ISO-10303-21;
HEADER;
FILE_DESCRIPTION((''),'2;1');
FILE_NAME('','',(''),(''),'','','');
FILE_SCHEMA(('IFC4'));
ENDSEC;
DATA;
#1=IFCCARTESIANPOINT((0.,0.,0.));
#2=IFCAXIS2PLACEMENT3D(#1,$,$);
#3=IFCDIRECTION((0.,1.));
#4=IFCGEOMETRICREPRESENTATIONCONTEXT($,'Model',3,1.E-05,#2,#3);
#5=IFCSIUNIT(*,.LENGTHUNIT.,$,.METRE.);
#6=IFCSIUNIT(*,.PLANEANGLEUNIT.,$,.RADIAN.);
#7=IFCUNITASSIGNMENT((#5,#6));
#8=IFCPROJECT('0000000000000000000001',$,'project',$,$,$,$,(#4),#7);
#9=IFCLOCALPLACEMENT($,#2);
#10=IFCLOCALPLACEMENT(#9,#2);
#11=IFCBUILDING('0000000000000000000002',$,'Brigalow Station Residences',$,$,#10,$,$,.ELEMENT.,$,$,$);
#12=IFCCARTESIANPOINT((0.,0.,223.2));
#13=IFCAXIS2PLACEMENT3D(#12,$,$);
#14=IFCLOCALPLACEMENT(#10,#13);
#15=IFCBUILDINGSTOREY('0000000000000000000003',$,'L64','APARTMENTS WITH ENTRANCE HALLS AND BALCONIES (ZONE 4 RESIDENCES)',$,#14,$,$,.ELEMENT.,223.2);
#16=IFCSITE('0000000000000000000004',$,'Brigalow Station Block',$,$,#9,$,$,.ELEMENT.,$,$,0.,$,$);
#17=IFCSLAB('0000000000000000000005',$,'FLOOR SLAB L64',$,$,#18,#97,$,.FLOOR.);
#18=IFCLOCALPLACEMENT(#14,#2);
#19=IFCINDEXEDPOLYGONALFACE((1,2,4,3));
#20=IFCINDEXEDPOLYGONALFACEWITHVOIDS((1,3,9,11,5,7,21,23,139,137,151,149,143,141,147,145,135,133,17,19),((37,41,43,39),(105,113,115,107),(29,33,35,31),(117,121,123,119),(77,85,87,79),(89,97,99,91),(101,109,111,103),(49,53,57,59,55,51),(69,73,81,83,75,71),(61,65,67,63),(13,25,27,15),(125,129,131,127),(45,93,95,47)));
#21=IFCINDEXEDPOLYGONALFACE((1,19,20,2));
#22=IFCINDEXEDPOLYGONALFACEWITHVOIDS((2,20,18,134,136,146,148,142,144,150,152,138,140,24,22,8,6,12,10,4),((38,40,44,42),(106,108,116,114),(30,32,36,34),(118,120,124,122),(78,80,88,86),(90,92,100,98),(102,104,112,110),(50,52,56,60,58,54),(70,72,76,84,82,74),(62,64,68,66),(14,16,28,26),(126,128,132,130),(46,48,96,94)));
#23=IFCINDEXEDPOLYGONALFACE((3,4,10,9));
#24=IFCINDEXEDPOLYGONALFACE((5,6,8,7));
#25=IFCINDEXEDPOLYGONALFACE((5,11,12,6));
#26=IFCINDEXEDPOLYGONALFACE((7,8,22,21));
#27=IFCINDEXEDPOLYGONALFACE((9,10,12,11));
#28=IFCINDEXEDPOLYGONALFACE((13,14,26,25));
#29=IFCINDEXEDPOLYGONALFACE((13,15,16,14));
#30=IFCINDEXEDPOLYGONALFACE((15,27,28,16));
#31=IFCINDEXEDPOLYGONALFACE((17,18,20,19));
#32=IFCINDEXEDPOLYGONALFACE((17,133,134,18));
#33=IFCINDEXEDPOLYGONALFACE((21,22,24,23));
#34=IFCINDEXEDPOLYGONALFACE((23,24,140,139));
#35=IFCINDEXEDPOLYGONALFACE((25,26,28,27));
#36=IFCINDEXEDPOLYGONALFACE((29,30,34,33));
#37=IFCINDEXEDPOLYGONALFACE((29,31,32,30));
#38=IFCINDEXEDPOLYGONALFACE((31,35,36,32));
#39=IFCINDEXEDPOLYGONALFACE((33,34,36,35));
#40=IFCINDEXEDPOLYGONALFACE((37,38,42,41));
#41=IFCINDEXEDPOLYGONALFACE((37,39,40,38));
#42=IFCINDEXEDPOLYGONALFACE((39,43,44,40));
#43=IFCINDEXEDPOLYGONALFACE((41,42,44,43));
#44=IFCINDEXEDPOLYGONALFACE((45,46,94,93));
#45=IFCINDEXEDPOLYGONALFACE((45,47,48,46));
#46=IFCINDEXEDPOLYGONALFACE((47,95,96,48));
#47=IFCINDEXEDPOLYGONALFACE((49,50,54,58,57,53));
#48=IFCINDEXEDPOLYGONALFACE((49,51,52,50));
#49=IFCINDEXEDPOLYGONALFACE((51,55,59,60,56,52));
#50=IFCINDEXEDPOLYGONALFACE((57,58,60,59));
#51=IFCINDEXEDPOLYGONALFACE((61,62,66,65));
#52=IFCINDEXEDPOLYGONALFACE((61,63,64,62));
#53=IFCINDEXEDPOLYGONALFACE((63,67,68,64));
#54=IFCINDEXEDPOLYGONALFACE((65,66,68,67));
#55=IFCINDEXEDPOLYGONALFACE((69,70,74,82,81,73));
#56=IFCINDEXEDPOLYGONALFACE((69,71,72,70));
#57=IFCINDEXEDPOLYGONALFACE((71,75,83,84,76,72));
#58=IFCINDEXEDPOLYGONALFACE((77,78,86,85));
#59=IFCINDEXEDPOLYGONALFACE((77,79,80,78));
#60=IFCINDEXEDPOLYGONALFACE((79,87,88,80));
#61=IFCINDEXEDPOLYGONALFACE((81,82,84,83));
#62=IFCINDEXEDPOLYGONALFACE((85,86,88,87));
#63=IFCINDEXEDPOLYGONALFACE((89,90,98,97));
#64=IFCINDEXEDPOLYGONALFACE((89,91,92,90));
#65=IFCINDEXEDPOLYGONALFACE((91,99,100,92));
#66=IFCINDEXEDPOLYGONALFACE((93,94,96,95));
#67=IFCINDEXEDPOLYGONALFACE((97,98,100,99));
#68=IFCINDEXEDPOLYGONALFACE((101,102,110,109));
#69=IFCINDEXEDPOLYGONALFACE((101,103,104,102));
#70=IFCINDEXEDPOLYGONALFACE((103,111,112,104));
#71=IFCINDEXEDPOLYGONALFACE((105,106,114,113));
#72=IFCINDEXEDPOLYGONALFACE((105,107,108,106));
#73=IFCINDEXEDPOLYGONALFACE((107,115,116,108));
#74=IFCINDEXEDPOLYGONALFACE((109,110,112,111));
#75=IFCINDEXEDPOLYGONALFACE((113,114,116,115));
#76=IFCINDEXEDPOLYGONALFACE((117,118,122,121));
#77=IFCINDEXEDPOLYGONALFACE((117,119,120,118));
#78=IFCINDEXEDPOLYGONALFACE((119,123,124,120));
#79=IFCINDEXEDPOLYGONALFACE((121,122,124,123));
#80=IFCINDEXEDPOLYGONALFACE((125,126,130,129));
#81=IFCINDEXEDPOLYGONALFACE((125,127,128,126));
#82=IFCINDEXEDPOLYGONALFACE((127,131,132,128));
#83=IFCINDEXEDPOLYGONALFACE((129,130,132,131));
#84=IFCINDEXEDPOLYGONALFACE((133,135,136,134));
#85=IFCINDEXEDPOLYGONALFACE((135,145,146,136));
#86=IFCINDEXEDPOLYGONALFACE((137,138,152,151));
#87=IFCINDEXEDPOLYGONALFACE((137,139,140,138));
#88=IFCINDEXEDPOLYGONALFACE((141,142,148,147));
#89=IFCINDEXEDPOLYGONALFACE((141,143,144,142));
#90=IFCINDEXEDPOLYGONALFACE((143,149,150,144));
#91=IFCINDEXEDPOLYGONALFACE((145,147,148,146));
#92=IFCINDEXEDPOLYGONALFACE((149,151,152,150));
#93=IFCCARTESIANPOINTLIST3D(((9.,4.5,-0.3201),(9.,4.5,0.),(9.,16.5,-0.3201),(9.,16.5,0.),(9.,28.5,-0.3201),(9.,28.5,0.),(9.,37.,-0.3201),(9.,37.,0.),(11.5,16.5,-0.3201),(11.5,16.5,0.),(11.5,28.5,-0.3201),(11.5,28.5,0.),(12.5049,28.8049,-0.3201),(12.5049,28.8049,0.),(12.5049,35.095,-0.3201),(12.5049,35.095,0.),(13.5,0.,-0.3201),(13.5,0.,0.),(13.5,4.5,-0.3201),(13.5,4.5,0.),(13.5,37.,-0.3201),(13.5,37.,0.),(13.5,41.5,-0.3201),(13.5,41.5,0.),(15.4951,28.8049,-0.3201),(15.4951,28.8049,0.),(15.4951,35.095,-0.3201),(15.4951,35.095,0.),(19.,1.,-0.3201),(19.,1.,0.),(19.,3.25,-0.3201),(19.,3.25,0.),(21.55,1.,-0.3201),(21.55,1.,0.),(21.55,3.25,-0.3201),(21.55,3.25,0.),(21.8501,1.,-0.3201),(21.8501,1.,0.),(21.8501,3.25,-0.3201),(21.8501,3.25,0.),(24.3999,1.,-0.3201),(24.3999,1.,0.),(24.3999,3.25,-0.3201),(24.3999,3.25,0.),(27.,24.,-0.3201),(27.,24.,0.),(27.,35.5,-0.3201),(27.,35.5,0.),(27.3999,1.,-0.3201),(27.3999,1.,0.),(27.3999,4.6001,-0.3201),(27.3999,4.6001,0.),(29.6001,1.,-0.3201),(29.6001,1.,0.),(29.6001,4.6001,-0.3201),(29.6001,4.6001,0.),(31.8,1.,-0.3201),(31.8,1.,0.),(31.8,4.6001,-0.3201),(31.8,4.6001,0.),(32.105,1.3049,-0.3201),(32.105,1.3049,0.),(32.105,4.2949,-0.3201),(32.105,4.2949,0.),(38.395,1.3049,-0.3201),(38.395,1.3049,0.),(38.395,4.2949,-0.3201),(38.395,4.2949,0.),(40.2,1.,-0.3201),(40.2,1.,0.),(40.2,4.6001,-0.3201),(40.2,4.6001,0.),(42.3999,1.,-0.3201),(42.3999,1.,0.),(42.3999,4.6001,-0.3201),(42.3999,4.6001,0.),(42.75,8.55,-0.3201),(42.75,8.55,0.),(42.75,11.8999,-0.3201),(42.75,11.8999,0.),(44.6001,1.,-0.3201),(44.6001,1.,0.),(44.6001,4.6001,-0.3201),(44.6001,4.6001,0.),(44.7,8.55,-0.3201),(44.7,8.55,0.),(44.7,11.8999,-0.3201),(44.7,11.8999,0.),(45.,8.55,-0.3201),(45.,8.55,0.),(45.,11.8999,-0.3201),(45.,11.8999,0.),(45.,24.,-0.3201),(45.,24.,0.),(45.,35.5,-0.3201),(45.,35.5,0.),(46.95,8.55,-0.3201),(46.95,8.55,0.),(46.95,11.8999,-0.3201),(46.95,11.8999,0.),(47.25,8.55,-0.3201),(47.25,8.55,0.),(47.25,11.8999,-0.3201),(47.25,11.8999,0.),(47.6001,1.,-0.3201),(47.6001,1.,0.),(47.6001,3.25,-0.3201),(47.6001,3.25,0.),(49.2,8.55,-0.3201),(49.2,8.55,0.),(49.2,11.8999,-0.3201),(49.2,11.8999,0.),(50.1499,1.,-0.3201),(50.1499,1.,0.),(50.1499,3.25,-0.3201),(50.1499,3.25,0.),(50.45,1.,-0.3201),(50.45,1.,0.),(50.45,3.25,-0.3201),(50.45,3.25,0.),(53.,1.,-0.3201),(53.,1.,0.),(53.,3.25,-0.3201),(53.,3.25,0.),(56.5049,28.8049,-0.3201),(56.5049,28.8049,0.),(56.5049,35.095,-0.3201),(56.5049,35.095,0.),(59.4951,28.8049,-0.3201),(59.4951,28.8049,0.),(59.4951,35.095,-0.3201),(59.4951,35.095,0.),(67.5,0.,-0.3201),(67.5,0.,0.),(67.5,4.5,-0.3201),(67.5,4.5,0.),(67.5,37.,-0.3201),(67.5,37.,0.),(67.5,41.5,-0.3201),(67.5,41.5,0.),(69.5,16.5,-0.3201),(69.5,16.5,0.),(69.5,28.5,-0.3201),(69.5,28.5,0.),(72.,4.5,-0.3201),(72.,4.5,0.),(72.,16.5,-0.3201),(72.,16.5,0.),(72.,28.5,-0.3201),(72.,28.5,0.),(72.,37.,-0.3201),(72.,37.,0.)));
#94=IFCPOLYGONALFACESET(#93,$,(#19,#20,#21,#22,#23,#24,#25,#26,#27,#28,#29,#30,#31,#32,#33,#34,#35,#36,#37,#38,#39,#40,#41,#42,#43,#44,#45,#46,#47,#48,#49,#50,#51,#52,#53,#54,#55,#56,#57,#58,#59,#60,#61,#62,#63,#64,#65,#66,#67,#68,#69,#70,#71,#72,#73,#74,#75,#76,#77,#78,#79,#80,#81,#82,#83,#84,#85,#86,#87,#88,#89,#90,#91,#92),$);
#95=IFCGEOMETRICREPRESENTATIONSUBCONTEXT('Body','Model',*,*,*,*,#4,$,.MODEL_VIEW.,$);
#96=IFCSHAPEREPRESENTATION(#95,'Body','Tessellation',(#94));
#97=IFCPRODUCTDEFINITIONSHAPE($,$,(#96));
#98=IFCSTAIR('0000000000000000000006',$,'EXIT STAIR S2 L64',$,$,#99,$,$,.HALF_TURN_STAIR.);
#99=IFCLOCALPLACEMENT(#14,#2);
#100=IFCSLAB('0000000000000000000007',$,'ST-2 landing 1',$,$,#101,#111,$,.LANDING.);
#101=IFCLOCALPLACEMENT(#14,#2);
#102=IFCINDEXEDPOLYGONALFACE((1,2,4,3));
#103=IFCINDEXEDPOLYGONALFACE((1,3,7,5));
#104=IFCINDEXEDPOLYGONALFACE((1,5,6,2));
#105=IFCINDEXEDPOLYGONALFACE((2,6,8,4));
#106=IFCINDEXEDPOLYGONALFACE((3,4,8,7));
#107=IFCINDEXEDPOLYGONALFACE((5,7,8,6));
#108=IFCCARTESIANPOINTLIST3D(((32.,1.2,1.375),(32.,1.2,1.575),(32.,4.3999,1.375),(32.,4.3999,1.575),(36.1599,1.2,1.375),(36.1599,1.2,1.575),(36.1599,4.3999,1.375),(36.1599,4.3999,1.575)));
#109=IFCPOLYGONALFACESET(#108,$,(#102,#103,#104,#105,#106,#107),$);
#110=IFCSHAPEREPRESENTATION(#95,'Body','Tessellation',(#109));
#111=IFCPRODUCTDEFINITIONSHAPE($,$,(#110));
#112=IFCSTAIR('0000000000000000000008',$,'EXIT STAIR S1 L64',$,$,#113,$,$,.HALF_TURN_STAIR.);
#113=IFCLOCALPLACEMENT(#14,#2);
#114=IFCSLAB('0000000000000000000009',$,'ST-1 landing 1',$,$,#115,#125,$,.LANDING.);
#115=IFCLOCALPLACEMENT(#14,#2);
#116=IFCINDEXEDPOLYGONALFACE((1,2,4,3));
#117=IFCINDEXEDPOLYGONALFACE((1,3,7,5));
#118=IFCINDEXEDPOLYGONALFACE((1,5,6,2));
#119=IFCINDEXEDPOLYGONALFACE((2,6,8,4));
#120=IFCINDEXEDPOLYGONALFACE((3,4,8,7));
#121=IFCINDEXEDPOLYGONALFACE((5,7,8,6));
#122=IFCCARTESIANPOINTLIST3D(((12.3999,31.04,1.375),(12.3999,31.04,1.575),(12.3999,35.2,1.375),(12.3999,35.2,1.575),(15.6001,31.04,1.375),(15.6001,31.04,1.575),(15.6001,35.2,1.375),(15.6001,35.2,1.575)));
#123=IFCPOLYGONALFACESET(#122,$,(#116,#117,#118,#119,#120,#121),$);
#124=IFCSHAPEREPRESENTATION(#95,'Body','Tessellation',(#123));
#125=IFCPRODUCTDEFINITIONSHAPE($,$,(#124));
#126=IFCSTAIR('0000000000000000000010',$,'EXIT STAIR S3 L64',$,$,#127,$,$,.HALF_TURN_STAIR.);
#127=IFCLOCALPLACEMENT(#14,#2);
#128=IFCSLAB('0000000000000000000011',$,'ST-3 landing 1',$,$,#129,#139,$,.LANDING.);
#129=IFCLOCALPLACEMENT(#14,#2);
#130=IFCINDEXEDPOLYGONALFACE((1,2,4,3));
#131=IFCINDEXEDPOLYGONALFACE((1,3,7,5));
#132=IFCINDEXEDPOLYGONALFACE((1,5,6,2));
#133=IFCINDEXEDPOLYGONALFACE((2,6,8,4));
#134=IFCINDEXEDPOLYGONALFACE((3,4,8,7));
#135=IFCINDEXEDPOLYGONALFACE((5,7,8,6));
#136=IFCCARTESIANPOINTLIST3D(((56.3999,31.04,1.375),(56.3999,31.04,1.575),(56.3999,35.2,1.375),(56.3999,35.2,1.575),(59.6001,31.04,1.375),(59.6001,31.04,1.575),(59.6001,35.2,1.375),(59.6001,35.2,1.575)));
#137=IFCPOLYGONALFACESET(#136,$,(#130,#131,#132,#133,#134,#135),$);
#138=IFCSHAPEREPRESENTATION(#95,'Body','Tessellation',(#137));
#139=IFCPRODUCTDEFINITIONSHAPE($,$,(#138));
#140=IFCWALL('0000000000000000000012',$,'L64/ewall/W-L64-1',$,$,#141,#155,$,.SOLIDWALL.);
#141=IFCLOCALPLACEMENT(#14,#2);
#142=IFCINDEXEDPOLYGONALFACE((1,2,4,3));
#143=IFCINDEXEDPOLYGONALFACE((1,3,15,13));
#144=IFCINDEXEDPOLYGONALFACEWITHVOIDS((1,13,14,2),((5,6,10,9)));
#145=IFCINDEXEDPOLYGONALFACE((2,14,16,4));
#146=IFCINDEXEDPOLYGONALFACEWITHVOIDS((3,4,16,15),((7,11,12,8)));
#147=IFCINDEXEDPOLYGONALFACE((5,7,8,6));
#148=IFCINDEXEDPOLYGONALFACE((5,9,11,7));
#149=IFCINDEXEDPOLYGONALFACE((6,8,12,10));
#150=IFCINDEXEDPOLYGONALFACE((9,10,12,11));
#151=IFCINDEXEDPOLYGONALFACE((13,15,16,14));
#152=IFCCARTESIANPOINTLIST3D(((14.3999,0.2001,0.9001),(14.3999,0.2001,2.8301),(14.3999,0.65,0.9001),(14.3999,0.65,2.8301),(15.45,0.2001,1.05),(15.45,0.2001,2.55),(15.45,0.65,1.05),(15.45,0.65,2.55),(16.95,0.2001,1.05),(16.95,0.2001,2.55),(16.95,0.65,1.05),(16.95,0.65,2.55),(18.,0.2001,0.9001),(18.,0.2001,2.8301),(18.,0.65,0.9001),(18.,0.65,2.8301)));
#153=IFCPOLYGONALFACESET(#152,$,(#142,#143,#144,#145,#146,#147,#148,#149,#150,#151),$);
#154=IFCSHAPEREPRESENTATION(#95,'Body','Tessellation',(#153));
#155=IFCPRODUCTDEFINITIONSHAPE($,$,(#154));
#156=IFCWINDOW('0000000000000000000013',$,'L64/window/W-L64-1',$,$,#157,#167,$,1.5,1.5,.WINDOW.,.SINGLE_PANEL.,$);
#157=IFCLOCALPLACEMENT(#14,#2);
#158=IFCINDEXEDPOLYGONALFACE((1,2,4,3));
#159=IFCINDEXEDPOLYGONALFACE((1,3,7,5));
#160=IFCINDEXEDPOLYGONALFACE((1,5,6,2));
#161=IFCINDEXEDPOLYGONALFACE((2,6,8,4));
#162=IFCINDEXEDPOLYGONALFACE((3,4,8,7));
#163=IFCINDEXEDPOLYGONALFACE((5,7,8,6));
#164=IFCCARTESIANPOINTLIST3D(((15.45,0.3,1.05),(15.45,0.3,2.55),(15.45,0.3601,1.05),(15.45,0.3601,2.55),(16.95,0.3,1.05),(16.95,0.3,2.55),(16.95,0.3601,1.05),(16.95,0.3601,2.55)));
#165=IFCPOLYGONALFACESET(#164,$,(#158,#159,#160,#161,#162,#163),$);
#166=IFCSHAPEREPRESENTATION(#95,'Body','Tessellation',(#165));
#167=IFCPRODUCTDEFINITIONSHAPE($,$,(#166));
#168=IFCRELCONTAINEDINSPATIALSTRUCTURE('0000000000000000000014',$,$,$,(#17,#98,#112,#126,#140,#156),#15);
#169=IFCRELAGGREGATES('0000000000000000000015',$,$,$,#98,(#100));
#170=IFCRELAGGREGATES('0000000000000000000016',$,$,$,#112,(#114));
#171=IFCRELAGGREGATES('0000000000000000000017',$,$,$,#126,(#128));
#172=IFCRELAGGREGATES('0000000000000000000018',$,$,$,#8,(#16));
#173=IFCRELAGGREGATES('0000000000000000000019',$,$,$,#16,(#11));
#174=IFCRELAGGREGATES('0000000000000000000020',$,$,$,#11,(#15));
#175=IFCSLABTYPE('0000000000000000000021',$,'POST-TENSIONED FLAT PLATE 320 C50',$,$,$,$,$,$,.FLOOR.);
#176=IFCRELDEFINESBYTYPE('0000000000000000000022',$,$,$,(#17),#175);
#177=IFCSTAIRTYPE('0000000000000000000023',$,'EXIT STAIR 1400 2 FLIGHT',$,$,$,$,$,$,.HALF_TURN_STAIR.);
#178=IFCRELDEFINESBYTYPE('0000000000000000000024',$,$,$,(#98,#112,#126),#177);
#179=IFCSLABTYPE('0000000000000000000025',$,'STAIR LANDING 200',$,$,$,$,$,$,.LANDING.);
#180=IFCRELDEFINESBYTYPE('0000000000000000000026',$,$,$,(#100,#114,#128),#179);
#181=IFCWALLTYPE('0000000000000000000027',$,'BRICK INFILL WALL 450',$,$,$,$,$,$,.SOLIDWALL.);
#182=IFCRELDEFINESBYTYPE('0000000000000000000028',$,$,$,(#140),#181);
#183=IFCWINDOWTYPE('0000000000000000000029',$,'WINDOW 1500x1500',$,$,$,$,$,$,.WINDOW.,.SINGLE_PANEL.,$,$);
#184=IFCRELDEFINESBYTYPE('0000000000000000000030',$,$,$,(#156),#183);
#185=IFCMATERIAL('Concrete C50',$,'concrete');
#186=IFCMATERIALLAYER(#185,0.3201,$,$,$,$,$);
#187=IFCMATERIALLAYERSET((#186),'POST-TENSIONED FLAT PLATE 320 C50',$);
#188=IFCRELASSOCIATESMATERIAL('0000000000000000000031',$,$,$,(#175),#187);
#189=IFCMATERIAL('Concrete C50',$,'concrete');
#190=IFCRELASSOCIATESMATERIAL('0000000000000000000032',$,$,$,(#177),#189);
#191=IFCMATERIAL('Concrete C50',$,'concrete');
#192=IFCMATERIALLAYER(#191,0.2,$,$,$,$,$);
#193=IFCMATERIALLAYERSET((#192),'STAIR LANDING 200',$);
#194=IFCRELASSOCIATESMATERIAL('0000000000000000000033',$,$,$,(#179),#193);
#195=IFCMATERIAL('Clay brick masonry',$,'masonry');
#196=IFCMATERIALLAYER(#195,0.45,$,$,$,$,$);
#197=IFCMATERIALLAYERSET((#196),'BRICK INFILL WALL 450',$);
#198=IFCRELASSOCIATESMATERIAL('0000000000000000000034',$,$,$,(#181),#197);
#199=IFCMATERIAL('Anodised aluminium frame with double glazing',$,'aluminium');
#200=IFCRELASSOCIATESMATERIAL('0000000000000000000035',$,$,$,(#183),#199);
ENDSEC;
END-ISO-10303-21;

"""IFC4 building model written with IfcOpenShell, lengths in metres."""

from ifc_helpers import new_model, si_unit, direction, frame, frame_2d, origin, place, context, subcontext, project, spatial, polyline, rectangle, outline, extrude, material, layer, layer_set, type_object, element, fill, aggregate, save


model = new_model("IFC4")

# Units and contexts
model_context = context("Model", 3, precision=1e-05, world=origin(), true_north=direction((0.0, 1.0)))
body_context = subcontext(model_context, "Body", "Model", "MODEL_VIEW")
ifc_project = project(units=[si_unit("LENGTHUNIT", "METRE"), si_unit("PLANEANGLEUNIT", "RADIAN")], contexts=[model_context])

# Site, building, storey
site_placement = place(None, origin())
site = spatial("IfcSite", under=ifc_project, at=site_placement, Name="Brigalow Station Block", CompositionType="ELEMENT", RefElevation=0.0)
building_placement = place(site_placement, origin())
building = spatial("IfcBuilding", under=site, at=building_placement, Name="Brigalow Station Residences", CompositionType="ELEMENT")
storey_placement = place(building_placement, frame((0.0, 0.0, 223.2)))
storey = spatial("IfcBuildingStorey", under=building, at=storey_placement, Name="L64", Description="APARTMENTS WITH ENTRANCE HALLS AND BALCONIES (ZONE 4 RESIDENCES)", CompositionType="ELEMENT", Elevation=223.2)

# Slab
ifc_material_1 = material(Name="Concrete C50", Category="concrete")
ifc_layer_1 = layer(ifc_material_1, 0.3201)
ifc_layer_set_1 = layer_set([ifc_layer_1], Name="POST-TENSIONED FLAT PLATE 320 C50")
slab_type_1 = type_object("IfcSlabType", Name="POST-TENSIONED FLAT PLATE 320 C50", PredefinedType="FLOOR", material=ifc_layer_set_1)
slab_1_placement = place(storey_placement, frame((0.0, 0.0, -0.3201)))
element("IfcSlab", 1, at=slab_1_placement, inside=storey, type_object=slab_type_1, Name="FLOOR SLAB L64", PredefinedType="FLOOR", context=body_context, shape_type="SweptSolid", body=[
    extrude(outline(polyline([(13.5, 0.0), (67.5, 0.0), (67.5, 4.5), (72.0, 4.5), (72.0, 16.5), (69.5, 16.5), (69.5, 28.5), (72.0, 28.5), (72.0, 37.0), (67.5, 37.0), (67.5, 41.5), (13.5, 41.5), (13.5, 37.0), (9.0, 37.0), (9.0, 28.5), (11.5, 28.5), (11.5, 16.5), (9.0, 16.5), (9.0, 4.5), (13.5, 4.5), (13.5, 0.0)]), holes=[polyline([(12.5049, 35.095), (15.4951, 35.095), (15.4951, 28.8049), (12.5049, 28.8049), (12.5049, 35.095)]), polyline([(19.0, 1.0), (19.0, 3.25), (21.55, 3.25), (21.55, 1.0), (19.0, 1.0)]), polyline([(21.8501, 3.25), (24.3999, 3.25), (24.3999, 1.0), (21.8501, 1.0), (21.8501, 3.25)]), polyline([(27.0, 35.5), (45.0, 35.5), (45.0, 24.0), (27.0, 24.0), (27.0, 35.5)]), polyline([(29.6001, 4.6001), (31.8, 4.6001), (31.8, 1.0), (29.6001, 1.0), (27.3999, 1.0), (27.3999, 4.6001), (29.6001, 4.6001)]), polyline([(32.105, 4.2949), (38.395, 4.2949), (38.395, 1.3049), (32.105, 1.3049), (32.105, 4.2949)]), polyline([(40.2, 4.6001), (42.3999, 4.6001), (44.6001, 4.6001), (44.6001, 1.0), (42.3999, 1.0), (40.2, 1.0), (40.2, 4.6001)]), polyline([(42.75, 11.8999), (44.7, 11.8999), (44.7, 8.55), (42.75, 8.55), (42.75, 11.8999)]), polyline([(45.0, 11.8999), (46.95, 11.8999), (46.95, 8.55), (45.0, 8.55), (45.0, 11.8999)]), polyline([(47.25, 11.8999), (49.2, 11.8999), (49.2, 8.55), (47.25, 8.55), (47.25, 11.8999)]), polyline([(47.6001, 3.25), (50.1499, 3.25), (50.1499, 1.0), (47.6001, 1.0), (47.6001, 3.25)]), polyline([(50.45, 3.25), (53.0, 3.25), (53.0, 1.0), (50.45, 1.0), (50.45, 3.25)]), polyline([(56.5049, 35.095), (59.4951, 35.095), (59.4951, 28.8049), (56.5049, 28.8049), (56.5049, 35.095)])]), origin(), (0.0, 0.0, 1.0), 0.3201),
])

# Stairs, slabs
ifc_material_2 = material(Name="Concrete C50", Category="concrete")
stair_type = type_object("IfcStairType", Name="EXIT STAIR 1400 2 FLIGHT", PredefinedType="HALF_TURN_STAIR", material=ifc_material_2)
stair_1_placement = place(storey_placement, origin())
stair_1 = element("IfcStair", 2, at=stair_1_placement, inside=storey, type_object=stair_type, Name="EXIT STAIR S2 L64", PredefinedType="HALF_TURN_STAIR")
ifc_material_3 = material(Name="Concrete C50", Category="concrete")
ifc_layer_2 = layer(ifc_material_3, 0.2)
ifc_layer_set_2 = layer_set([ifc_layer_2], Name="STAIR LANDING 200")
slab_type_2 = type_object("IfcSlabType", Name="STAIR LANDING 200", PredefinedType="LANDING", material=ifc_layer_set_2)
slab_2_placement = place(storey_placement, frame((0.0, 0.0, 1.375)))
slab_2 = element("IfcSlab", 3, at=slab_2_placement, type_object=slab_type_2, Name="ST-2 landing 1", PredefinedType="LANDING", context=body_context, shape_type="SweptSolid", body=[
    extrude(outline(polyline([(32.0, 1.2), (36.1599, 1.2), (36.1599, 4.3999), (32.0, 4.3999), (32.0, 1.2)])), origin(), (0.0, 0.0, 1.0), 0.2),
])
aggregate(stair_1, [slab_2])
stair_2_placement = place(storey_placement, origin())
stair_2 = element("IfcStair", 4, at=stair_2_placement, inside=storey, type_object=stair_type, Name="EXIT STAIR S1 L64", PredefinedType="HALF_TURN_STAIR")
slab_3_placement = place(storey_placement, frame((0.0, 0.0, 1.375)))
slab_3 = element("IfcSlab", 5, at=slab_3_placement, type_object=slab_type_2, Name="ST-1 landing 1", PredefinedType="LANDING", context=body_context, shape_type="SweptSolid", body=[
    extrude(outline(polyline([(12.3999, 31.04), (15.6001, 31.04), (15.6001, 35.2), (12.3999, 35.2), (12.3999, 31.04)])), origin(), (0.0, 0.0, 1.0), 0.2),
])
aggregate(stair_2, [slab_3])
stair_3_placement = place(storey_placement, origin())
stair_3 = element("IfcStair", 6, at=stair_3_placement, inside=storey, type_object=stair_type, Name="EXIT STAIR S3 L64", PredefinedType="HALF_TURN_STAIR")
slab_4_placement = place(storey_placement, frame((0.0, 0.0, 1.375)))
slab_4 = element("IfcSlab", 7, at=slab_4_placement, type_object=slab_type_2, Name="ST-3 landing 1", PredefinedType="LANDING", context=body_context, shape_type="SweptSolid", body=[
    extrude(outline(polyline([(56.3999, 31.04), (59.6001, 31.04), (59.6001, 35.2), (56.3999, 35.2), (56.3999, 31.04)])), origin(), (0.0, 0.0, 1.0), 0.2),
])
aggregate(stair_3, [slab_4])

# Wall, opening, window
ifc_material_4 = material(Name="Clay brick masonry", Category="masonry")
ifc_layer_3 = layer(ifc_material_4, 0.45)
ifc_layer_set_3 = layer_set([ifc_layer_3], Name="BRICK INFILL WALL 450")
wall_type = type_object("IfcWallType", Name="BRICK INFILL WALL 450", PredefinedType="SOLIDWALL", material=ifc_layer_set_3)
wall_1_placement = place(storey_placement, frame((14.3999, 0.425, 0.9001), z_axis=(0.0, 0.0, 1.0), x_axis=(1.0, 0.0, 0.0)))
wall_1 = element("IfcWall", 8, at=wall_1_placement, inside=storey, type_object=wall_type, Name="L64/ewall/W-L64-1", PredefinedType="SOLIDWALL", context=body_context, shape_type="SweptSolid", body=[
    extrude(rectangle(XDim=3.6001, YDim=0.45, at=frame_2d((1.8, 0.0))), origin(), (0.0, 0.0, 1.0), 1.9299),
])
opening_1_placement = place(wall_1_placement, frame((1.05, 0.0, 0.1499)))
opening_1 = element("IfcOpeningElement", 9, at=opening_1_placement, cuts=wall_1, PredefinedType="OPENING", context=body_context, shape_type="SweptSolid", body=[
    extrude(rectangle(XDim=1.5, YDim=1.5, at=frame_2d((0.75, 0.75))), frame((0.0, 0.2349, 0.0), z_axis=(0.0, -1.0, 0.0), x_axis=(1.0, 0.0, 0.0)), (0.0, 0.0, 1.0), 0.47),
])
ifc_material_5 = material(Name="Anodised aluminium frame with double glazing", Category="aluminium")
window_type_1 = type_object("IfcWindowType", Name="WINDOW 1500x1500", PartitioningType="SINGLE_PANEL", PredefinedType="WINDOW", material=ifc_material_5)
window_1_placement = place(opening_1_placement, origin())
window_1 = element("IfcWindow", 10, at=window_1_placement, inside=storey, type_object=window_type_1, Name="L64/window/W-L64-1", OverallHeight=1.5, OverallWidth=1.5, PartitioningType="SINGLE_PANEL", PredefinedType="WINDOW", context=body_context, shape_type="SweptSolid", body=[
    extrude(rectangle(XDim=1.5, YDim=1.5, at=frame_2d((0.75, 0.75))), frame((0.0, -0.0649, 0.0), z_axis=(0.0, -1.0, 0.0), x_axis=(1.0, 0.0, 0.0)), (0.0, 0.0, 1.0), 0.0601),
])
fill(opening_1, window_1)

save(model, "model.ifc")
